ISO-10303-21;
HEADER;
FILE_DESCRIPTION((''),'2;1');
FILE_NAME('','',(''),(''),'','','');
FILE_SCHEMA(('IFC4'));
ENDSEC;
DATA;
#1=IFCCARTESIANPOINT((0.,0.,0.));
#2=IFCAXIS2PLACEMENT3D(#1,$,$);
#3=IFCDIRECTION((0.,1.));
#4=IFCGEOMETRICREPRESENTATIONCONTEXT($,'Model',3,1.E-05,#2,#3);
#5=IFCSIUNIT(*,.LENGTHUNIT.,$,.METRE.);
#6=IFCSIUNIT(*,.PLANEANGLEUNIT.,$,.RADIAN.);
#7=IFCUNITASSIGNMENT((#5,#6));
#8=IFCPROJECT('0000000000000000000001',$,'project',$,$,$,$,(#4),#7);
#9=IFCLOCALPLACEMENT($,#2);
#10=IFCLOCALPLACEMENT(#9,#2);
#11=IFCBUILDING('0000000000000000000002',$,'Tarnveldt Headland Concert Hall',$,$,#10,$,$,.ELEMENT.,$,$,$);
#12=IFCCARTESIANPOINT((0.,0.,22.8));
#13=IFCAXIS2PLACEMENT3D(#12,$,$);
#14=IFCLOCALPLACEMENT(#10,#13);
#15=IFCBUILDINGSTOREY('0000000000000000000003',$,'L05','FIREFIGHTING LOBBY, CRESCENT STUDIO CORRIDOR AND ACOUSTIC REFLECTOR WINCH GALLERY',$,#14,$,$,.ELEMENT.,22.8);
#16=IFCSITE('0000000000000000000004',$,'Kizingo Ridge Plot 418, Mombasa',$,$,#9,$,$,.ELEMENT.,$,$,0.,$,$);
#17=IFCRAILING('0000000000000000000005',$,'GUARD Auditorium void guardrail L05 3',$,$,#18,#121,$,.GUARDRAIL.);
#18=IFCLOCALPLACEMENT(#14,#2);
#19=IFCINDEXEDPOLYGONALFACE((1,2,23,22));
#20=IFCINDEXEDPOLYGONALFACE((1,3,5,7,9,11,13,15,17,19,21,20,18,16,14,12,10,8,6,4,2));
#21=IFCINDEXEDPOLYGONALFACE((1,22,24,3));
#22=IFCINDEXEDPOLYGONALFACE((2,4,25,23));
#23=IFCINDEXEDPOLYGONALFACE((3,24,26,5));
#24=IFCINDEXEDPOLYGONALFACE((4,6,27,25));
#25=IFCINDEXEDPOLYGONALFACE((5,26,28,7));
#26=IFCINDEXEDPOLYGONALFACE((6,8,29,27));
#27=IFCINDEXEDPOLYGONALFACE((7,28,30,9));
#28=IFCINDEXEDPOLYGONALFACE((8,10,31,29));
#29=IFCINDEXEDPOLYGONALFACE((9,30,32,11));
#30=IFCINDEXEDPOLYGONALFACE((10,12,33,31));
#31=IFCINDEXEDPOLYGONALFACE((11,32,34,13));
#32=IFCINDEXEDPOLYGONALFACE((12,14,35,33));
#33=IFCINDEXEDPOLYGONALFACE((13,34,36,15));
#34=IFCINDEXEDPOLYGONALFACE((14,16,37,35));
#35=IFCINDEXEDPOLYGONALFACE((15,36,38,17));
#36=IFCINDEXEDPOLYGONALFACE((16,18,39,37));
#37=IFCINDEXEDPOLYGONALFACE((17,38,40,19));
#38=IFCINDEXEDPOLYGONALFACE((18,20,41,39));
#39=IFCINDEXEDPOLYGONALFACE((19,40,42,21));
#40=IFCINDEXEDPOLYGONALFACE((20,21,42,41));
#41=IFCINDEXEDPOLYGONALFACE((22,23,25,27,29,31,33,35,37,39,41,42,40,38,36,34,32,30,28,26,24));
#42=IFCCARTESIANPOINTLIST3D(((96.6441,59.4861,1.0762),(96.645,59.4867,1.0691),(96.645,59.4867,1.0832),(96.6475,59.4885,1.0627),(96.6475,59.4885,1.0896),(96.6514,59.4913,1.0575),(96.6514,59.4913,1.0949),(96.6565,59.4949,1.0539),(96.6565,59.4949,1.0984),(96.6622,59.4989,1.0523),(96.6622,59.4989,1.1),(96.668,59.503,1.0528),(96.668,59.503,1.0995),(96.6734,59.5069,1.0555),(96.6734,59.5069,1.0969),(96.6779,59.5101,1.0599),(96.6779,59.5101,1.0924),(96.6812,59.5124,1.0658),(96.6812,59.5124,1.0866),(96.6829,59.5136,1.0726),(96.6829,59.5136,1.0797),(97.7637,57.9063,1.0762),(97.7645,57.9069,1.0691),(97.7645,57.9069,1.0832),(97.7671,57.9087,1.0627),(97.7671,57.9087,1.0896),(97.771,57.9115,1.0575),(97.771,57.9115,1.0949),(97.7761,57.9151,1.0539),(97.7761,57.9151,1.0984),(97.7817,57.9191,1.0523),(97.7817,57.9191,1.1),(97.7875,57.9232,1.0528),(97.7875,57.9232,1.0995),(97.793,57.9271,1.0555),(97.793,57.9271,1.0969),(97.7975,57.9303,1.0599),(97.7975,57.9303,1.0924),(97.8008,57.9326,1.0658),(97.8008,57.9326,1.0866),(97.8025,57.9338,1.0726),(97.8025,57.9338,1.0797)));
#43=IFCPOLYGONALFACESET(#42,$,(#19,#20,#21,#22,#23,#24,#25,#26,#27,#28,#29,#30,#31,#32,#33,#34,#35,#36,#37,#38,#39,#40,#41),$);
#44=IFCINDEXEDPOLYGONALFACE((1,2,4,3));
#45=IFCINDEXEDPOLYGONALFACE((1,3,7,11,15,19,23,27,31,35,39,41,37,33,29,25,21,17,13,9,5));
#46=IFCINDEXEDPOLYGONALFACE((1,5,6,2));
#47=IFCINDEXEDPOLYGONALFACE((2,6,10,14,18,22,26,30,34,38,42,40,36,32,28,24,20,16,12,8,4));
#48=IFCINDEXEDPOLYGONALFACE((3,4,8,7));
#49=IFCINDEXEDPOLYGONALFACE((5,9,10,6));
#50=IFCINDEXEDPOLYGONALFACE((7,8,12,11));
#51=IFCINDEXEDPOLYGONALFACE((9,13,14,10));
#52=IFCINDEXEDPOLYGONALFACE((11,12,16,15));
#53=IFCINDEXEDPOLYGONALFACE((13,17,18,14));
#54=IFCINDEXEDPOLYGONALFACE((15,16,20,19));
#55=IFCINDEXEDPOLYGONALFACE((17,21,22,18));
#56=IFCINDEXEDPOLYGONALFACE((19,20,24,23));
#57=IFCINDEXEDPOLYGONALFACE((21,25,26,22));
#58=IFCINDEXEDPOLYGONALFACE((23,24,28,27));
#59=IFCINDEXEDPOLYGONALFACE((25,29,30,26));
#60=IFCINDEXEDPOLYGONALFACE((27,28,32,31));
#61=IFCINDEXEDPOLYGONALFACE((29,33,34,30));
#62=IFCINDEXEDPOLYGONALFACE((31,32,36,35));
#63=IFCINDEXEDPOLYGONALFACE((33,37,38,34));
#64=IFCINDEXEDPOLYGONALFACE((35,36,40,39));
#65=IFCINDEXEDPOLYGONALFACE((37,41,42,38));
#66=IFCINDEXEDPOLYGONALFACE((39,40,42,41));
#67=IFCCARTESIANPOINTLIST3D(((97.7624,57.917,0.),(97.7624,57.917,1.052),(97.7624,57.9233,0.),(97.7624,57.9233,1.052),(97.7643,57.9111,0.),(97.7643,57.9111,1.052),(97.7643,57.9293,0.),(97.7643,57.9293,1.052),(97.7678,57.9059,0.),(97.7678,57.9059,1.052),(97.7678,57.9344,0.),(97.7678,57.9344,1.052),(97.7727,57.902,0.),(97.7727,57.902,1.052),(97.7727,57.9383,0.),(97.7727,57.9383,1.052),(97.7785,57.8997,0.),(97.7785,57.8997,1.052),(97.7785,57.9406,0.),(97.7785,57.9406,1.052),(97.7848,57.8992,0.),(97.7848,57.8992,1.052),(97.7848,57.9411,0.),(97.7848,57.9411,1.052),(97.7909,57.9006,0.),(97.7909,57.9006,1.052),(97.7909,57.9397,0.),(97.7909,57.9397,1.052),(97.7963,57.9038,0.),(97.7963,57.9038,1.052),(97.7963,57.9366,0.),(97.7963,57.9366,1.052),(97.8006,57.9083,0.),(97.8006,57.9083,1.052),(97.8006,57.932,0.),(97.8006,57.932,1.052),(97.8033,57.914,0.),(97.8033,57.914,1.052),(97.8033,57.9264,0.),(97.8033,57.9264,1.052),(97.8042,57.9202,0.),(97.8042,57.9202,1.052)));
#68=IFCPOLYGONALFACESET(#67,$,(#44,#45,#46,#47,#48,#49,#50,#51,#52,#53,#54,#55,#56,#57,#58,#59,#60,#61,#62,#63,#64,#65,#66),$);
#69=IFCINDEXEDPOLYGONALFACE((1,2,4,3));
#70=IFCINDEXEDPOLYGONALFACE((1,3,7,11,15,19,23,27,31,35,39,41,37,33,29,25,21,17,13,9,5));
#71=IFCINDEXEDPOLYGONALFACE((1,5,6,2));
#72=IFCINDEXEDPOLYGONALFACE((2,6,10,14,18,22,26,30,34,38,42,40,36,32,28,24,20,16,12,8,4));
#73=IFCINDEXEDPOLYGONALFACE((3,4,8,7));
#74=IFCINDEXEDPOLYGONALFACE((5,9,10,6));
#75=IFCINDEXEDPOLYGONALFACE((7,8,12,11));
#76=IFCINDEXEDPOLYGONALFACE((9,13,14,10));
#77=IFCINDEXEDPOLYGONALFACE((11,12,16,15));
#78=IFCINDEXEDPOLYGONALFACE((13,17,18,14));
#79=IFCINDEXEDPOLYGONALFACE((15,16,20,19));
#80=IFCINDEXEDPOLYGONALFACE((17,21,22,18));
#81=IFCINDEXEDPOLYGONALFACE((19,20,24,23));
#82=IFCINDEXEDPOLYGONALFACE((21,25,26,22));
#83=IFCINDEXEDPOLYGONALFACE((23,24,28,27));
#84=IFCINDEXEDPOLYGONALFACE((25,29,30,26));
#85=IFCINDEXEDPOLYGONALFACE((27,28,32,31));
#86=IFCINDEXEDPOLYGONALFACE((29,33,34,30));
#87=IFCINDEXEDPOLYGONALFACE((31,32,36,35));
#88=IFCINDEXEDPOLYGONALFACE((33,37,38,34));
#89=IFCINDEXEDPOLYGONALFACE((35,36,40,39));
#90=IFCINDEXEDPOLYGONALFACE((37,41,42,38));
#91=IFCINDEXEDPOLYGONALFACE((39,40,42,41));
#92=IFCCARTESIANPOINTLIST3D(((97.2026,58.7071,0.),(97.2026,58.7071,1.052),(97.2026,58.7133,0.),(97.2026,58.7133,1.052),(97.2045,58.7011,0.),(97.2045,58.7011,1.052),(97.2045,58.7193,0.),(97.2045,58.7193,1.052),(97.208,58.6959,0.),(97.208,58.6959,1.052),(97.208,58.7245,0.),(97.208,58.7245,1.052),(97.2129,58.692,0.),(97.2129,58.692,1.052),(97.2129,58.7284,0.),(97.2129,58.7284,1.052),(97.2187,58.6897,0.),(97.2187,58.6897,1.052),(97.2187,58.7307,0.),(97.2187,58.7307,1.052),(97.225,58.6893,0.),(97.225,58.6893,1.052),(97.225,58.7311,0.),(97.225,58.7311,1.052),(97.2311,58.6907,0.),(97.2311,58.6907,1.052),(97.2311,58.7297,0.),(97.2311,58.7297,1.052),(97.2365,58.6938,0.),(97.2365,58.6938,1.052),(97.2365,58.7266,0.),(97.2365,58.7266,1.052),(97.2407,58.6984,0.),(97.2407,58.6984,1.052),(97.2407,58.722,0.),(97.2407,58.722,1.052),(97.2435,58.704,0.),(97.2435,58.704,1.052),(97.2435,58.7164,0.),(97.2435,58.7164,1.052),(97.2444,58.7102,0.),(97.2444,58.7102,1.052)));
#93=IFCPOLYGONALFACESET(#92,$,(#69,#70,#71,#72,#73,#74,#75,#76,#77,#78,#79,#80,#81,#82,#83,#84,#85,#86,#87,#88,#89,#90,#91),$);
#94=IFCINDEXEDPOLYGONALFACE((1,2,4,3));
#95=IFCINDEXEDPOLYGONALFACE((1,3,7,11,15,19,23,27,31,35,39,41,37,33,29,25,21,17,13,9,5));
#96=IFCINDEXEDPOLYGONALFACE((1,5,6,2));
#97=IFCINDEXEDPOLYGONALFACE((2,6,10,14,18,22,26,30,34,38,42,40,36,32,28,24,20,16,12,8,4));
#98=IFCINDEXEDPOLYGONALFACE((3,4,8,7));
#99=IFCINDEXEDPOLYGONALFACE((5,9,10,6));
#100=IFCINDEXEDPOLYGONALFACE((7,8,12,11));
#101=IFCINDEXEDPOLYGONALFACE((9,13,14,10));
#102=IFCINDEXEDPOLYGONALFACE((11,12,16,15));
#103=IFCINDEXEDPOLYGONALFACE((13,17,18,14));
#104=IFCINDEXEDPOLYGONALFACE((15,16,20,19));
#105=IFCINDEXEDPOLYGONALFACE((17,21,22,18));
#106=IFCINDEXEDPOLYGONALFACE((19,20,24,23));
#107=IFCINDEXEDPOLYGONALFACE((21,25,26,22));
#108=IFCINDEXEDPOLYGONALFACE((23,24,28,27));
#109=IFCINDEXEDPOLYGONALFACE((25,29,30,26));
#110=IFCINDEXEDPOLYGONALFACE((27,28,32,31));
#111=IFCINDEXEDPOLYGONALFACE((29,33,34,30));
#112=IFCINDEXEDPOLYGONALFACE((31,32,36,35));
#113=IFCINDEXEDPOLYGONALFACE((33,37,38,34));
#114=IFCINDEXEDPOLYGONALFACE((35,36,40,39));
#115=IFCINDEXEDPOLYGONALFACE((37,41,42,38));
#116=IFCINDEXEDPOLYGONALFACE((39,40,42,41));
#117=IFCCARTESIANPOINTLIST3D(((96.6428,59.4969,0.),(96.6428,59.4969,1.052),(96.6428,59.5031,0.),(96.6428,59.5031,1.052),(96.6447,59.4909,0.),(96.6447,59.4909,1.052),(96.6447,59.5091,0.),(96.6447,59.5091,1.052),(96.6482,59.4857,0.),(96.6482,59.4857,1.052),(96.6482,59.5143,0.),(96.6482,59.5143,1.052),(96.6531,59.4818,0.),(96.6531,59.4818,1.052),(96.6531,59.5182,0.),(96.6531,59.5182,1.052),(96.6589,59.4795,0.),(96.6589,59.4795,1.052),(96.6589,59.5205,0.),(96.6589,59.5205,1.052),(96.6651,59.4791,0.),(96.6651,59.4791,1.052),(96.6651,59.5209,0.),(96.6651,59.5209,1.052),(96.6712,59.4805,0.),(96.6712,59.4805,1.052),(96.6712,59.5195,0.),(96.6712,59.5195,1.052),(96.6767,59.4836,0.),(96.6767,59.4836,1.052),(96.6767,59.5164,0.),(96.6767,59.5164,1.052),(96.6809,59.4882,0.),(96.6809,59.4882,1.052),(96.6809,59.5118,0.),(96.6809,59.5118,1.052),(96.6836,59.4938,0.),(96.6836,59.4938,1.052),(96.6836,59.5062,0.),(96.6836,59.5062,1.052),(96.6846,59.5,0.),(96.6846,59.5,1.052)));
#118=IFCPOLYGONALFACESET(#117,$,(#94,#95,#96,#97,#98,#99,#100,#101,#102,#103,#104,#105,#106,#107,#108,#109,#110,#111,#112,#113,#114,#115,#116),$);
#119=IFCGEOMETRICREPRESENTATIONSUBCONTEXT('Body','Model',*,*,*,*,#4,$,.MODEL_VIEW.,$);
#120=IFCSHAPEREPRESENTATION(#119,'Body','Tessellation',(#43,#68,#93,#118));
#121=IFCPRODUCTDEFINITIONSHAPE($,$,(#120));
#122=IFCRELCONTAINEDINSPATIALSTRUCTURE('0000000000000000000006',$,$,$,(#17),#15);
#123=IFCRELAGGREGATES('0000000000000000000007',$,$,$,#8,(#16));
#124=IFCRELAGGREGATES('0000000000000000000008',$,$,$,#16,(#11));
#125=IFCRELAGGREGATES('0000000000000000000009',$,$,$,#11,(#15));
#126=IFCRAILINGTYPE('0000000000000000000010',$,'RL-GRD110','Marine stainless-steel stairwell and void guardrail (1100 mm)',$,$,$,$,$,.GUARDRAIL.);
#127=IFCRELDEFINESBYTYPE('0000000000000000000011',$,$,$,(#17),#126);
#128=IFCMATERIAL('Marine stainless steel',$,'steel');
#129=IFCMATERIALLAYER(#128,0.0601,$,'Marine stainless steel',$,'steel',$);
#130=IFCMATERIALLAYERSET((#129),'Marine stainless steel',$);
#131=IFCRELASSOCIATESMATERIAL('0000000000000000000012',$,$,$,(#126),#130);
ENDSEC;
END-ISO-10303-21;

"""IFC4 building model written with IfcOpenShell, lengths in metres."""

from ifc_helpers import new_model, si_unit, direction, frame, origin, origin_2d, place, context, subcontext, project, spatial, circle, extrude, material, layer, layer_set, type_object, element, save


model = new_model("IFC4")

# Units and contexts
model_context = context("Model", 3, precision=1e-05, world=origin(), true_north=direction((0.0, 1.0)))
body_context = subcontext(model_context, "Body", "Model", "MODEL_VIEW")
ifc_project = project(units=[si_unit("LENGTHUNIT", "METRE"), si_unit("PLANEANGLEUNIT", "RADIAN")], contexts=[model_context])

# Site, building, storey
site_placement = place(None, origin())
site = spatial("IfcSite", under=ifc_project, at=site_placement, Name="Kizingo Ridge Plot 418, Mombasa", CompositionType="ELEMENT", RefElevation=0.0)
building_placement = place(site_placement, origin())
building = spatial("IfcBuilding", under=site, at=building_placement, Name="Tarnveldt Headland Concert Hall", CompositionType="ELEMENT")
storey_placement = place(building_placement, frame((0.0, 0.0, 22.8)))
storey = spatial("IfcBuildingStorey", under=building, at=storey_placement, Name="L05", Description="FIREFIGHTING LOBBY, CRESCENT STUDIO CORRIDOR AND ACOUSTIC REFLECTOR WINCH GALLERY", CompositionType="ELEMENT", Elevation=22.8)

# Railing
ifc_material_1 = material(Name="Marine stainless steel", Category="steel")
ifc_layer_1 = layer(ifc_material_1, 0.0601, Name="Marine stainless steel", Category="steel")
ifc_layer_set_1 = layer_set([ifc_layer_1], Name="Marine stainless steel")
railing_type = type_object("IfcRailingType", Name="RL-GRD110", Description="Marine stainless-steel stairwell and void guardrail (1100 mm)", PredefinedType="GUARDRAIL", material=ifc_layer_set_1)
railing_1_placement = place(storey_placement, frame((97.7832, 57.9202, 0.0)))
element("IfcRailing", 1, at=railing_1_placement, inside=storey, type_object=railing_type, Name="GUARD Auditorium void guardrail L05 3", PredefinedType="GUARDRAIL", context=body_context, shape_type="SweptSolid", body=[
    extrude(circle(Radius=0.0239, at=origin_2d()), frame((0.0, 0.0, 1.0762), z_axis=(-0.578217, 0.815883, 0.0), x_axis=(-0.815883, -0.578217, 0.0)), (0.0, 0.0, 1.0), 1.9363),
    extrude(circle(Radius=0.021, at=origin_2d()), origin(), (0.0, 0.0, 1.0), 1.052),
    extrude(circle(Radius=0.021, at=origin_2d()), frame((-0.5598, 0.79, 0.0)), (0.0, 0.0, 1.0), 1.052),
    extrude(circle(Radius=0.021, at=origin_2d()), frame((-1.1196, 1.5798, 0.0)), (0.0, 0.0, 1.0), 1.052),
])

save(model, "model.ifc")
